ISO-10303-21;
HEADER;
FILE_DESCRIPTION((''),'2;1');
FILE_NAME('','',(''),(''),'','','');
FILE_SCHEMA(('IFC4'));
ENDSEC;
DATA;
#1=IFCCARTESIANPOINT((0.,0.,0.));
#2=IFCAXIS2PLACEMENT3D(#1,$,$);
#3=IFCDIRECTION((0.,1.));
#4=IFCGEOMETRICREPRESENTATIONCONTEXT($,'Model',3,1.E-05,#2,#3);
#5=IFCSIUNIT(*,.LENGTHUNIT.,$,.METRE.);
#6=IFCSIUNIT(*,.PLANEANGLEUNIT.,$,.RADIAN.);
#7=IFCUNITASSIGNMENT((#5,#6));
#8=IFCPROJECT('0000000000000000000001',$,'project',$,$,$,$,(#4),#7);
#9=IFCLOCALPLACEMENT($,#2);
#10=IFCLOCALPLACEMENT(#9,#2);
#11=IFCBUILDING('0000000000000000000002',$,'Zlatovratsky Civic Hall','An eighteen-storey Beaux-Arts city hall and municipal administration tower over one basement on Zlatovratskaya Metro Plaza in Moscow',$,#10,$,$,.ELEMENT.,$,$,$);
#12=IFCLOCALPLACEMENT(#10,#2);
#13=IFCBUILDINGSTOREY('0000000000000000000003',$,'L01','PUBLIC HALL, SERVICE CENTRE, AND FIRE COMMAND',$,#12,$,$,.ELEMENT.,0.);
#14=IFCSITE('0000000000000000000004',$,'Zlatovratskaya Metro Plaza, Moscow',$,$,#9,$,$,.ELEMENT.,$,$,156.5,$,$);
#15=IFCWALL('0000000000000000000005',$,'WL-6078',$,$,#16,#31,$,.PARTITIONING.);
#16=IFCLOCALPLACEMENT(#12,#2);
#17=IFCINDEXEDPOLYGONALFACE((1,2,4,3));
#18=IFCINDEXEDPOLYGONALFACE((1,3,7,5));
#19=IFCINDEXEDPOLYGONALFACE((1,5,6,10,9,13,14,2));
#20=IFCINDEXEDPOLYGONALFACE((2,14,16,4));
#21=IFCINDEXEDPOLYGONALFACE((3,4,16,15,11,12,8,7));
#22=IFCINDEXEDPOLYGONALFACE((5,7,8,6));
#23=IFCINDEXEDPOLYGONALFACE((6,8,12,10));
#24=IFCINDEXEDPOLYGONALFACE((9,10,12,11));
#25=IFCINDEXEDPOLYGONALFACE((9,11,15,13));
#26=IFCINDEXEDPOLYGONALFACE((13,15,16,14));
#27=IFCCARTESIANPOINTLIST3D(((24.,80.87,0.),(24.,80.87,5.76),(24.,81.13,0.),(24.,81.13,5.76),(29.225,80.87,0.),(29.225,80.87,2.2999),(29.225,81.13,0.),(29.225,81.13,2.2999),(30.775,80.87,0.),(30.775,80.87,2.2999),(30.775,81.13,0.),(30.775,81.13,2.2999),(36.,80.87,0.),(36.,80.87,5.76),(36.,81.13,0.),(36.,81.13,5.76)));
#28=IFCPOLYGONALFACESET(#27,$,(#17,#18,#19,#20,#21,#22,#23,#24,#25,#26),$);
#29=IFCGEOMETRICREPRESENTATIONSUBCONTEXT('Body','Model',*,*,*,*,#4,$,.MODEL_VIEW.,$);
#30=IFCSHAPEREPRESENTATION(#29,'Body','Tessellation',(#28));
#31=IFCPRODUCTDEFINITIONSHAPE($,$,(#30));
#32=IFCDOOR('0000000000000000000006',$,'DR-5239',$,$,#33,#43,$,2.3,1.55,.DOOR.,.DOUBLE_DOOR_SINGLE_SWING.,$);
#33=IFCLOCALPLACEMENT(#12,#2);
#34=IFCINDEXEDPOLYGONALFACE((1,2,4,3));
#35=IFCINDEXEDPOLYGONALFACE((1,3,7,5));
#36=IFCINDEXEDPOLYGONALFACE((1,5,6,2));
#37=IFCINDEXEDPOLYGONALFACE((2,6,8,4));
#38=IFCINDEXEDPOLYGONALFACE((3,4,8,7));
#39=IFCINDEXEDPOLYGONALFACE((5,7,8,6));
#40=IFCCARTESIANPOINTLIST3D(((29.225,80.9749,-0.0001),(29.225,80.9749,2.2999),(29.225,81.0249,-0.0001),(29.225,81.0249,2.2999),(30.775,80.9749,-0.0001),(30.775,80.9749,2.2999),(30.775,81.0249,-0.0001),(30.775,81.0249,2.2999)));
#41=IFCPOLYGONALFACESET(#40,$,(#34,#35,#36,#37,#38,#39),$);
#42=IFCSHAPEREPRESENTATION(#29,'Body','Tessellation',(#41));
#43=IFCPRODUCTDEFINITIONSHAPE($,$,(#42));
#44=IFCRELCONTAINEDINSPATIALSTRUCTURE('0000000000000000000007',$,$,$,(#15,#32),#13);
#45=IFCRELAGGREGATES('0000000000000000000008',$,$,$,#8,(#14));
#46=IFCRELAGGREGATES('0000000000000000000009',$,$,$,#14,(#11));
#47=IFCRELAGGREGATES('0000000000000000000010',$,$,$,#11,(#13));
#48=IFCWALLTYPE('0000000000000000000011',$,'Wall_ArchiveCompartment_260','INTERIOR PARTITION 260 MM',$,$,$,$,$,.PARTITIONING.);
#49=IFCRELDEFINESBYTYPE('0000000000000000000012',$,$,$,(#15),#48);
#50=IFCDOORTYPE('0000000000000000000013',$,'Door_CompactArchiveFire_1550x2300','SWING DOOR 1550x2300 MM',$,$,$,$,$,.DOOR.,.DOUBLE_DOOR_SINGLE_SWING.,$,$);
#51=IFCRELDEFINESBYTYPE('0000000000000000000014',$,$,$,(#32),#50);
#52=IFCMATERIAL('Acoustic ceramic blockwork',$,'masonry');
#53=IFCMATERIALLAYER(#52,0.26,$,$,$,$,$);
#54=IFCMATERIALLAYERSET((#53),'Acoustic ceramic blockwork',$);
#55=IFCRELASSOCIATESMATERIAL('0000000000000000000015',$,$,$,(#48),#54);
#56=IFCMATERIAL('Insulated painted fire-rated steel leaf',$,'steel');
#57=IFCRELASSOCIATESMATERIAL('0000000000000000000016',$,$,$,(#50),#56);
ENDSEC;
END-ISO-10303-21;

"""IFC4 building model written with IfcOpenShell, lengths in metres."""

from ifc_helpers import new_model, si_unit, direction, frame, frame_2d, origin, place, context, subcontext, project, spatial, rectangle, extrude, material, layer, layer_set, type_object, element, fill, save


model = new_model("IFC4")

# Units and contexts
model_context = context("Model", 3, precision=1e-05, world=origin(), true_north=direction((0.0, 1.0)))
body_context = subcontext(model_context, "Body", "Model", "MODEL_VIEW")
ifc_project = project(units=[si_unit("LENGTHUNIT", "METRE"), si_unit("PLANEANGLEUNIT", "RADIAN")], contexts=[model_context])

# Site, building, storey
site_placement = place(None, origin())
site = spatial("IfcSite", under=ifc_project, at=site_placement, Name="Zlatovratskaya Metro Plaza, Moscow", CompositionType="ELEMENT", RefElevation=156.5)
building_placement = place(site_placement, origin())
building = spatial("IfcBuilding", under=site, at=building_placement, Name="Zlatovratsky Civic Hall", Description="An eighteen-storey Beaux-Arts city hall and municipal administration tower over one basement on Zlatovratskaya Metro Plaza in Moscow", CompositionType="ELEMENT")
storey_placement = place(building_placement, origin())
storey = spatial("IfcBuildingStorey", under=building, at=storey_placement, Name="L01", Description="PUBLIC HALL, SERVICE CENTRE, AND FIRE COMMAND", CompositionType="ELEMENT", Elevation=0.0)

# Wall, opening, door
ifc_material_1 = material(Name="Acoustic ceramic blockwork", Category="masonry")
ifc_layer = layer(ifc_material_1, 0.26)
ifc_layer_set = layer_set([ifc_layer], Name="Acoustic ceramic blockwork")
wall_type = type_object("IfcWallType", Name="Wall_ArchiveCompartment_260", Description="INTERIOR PARTITION 260 MM", PredefinedType="PARTITIONING", material=ifc_layer_set)
ifc_material_2 = material(Name="Insulated painted fire-rated steel leaf", Category="steel")
door_type = type_object("IfcDoorType", Name="Door_CompactArchiveFire_1550x2300", Description="SWING DOOR 1550x2300 MM", OperationType="DOUBLE_DOOR_SINGLE_SWING", PredefinedType="DOOR", material=ifc_material_2)
wall_1_placement = place(storey_placement, frame((24.0, 81.0, 0.0), z_axis=(0.0, 0.0, 1.0), x_axis=(1.0, 0.0, 0.0)))
wall_1 = element("IfcWall", 1, at=wall_1_placement, inside=storey, type_object=wall_type, Name="WL-6078", PredefinedType="PARTITIONING", context=body_context, shape_type="SweptSolid", body=[
    extrude(rectangle(XDim=12.0, YDim=0.26, at=frame_2d((6.0, 0.0))), origin(), (0.0, 0.0, 1.0), 5.76),
])
opening_1_placement = place(wall_1_placement, frame((5.2251, 0.0, 0.0)))
opening_1 = element("IfcOpeningElement", 2, at=opening_1_placement, cuts=wall_1, PredefinedType="OPENING", context=body_context, shape_type="SweptSolid", body=[
    extrude(rectangle(XDim=1.55, YDim=2.3, at=frame_2d((0.7749, 1.1499))), frame((0.0, 0.145, 0.0), z_axis=(0.0, -1.0, 0.0), x_axis=(1.0, 0.0, 0.0)), (0.0, 0.0, 1.0), 0.2898),
])
door_1_placement = place(opening_1_placement, origin())
door_1 = element("IfcDoor", 3, at=door_1_placement, inside=storey, type_object=door_type, Name="DR-5239", OperationType="DOUBLE_DOOR_SINGLE_SWING", OverallHeight=2.3, OverallWidth=1.55, PredefinedType="DOOR", context=body_context, shape_type="SweptSolid", body=[
    extrude(rectangle(XDim=1.55, YDim=2.3, at=frame_2d((0.7749, 1.1499))), frame((0.0, 0.0249, 0.0), z_axis=(0.0, -1.0, 0.0), x_axis=(1.0, 0.0, 0.0)), (0.0, 0.0, 1.0), 0.05),
])
fill(opening_1, door_1)

save(model, "model.ifc")
